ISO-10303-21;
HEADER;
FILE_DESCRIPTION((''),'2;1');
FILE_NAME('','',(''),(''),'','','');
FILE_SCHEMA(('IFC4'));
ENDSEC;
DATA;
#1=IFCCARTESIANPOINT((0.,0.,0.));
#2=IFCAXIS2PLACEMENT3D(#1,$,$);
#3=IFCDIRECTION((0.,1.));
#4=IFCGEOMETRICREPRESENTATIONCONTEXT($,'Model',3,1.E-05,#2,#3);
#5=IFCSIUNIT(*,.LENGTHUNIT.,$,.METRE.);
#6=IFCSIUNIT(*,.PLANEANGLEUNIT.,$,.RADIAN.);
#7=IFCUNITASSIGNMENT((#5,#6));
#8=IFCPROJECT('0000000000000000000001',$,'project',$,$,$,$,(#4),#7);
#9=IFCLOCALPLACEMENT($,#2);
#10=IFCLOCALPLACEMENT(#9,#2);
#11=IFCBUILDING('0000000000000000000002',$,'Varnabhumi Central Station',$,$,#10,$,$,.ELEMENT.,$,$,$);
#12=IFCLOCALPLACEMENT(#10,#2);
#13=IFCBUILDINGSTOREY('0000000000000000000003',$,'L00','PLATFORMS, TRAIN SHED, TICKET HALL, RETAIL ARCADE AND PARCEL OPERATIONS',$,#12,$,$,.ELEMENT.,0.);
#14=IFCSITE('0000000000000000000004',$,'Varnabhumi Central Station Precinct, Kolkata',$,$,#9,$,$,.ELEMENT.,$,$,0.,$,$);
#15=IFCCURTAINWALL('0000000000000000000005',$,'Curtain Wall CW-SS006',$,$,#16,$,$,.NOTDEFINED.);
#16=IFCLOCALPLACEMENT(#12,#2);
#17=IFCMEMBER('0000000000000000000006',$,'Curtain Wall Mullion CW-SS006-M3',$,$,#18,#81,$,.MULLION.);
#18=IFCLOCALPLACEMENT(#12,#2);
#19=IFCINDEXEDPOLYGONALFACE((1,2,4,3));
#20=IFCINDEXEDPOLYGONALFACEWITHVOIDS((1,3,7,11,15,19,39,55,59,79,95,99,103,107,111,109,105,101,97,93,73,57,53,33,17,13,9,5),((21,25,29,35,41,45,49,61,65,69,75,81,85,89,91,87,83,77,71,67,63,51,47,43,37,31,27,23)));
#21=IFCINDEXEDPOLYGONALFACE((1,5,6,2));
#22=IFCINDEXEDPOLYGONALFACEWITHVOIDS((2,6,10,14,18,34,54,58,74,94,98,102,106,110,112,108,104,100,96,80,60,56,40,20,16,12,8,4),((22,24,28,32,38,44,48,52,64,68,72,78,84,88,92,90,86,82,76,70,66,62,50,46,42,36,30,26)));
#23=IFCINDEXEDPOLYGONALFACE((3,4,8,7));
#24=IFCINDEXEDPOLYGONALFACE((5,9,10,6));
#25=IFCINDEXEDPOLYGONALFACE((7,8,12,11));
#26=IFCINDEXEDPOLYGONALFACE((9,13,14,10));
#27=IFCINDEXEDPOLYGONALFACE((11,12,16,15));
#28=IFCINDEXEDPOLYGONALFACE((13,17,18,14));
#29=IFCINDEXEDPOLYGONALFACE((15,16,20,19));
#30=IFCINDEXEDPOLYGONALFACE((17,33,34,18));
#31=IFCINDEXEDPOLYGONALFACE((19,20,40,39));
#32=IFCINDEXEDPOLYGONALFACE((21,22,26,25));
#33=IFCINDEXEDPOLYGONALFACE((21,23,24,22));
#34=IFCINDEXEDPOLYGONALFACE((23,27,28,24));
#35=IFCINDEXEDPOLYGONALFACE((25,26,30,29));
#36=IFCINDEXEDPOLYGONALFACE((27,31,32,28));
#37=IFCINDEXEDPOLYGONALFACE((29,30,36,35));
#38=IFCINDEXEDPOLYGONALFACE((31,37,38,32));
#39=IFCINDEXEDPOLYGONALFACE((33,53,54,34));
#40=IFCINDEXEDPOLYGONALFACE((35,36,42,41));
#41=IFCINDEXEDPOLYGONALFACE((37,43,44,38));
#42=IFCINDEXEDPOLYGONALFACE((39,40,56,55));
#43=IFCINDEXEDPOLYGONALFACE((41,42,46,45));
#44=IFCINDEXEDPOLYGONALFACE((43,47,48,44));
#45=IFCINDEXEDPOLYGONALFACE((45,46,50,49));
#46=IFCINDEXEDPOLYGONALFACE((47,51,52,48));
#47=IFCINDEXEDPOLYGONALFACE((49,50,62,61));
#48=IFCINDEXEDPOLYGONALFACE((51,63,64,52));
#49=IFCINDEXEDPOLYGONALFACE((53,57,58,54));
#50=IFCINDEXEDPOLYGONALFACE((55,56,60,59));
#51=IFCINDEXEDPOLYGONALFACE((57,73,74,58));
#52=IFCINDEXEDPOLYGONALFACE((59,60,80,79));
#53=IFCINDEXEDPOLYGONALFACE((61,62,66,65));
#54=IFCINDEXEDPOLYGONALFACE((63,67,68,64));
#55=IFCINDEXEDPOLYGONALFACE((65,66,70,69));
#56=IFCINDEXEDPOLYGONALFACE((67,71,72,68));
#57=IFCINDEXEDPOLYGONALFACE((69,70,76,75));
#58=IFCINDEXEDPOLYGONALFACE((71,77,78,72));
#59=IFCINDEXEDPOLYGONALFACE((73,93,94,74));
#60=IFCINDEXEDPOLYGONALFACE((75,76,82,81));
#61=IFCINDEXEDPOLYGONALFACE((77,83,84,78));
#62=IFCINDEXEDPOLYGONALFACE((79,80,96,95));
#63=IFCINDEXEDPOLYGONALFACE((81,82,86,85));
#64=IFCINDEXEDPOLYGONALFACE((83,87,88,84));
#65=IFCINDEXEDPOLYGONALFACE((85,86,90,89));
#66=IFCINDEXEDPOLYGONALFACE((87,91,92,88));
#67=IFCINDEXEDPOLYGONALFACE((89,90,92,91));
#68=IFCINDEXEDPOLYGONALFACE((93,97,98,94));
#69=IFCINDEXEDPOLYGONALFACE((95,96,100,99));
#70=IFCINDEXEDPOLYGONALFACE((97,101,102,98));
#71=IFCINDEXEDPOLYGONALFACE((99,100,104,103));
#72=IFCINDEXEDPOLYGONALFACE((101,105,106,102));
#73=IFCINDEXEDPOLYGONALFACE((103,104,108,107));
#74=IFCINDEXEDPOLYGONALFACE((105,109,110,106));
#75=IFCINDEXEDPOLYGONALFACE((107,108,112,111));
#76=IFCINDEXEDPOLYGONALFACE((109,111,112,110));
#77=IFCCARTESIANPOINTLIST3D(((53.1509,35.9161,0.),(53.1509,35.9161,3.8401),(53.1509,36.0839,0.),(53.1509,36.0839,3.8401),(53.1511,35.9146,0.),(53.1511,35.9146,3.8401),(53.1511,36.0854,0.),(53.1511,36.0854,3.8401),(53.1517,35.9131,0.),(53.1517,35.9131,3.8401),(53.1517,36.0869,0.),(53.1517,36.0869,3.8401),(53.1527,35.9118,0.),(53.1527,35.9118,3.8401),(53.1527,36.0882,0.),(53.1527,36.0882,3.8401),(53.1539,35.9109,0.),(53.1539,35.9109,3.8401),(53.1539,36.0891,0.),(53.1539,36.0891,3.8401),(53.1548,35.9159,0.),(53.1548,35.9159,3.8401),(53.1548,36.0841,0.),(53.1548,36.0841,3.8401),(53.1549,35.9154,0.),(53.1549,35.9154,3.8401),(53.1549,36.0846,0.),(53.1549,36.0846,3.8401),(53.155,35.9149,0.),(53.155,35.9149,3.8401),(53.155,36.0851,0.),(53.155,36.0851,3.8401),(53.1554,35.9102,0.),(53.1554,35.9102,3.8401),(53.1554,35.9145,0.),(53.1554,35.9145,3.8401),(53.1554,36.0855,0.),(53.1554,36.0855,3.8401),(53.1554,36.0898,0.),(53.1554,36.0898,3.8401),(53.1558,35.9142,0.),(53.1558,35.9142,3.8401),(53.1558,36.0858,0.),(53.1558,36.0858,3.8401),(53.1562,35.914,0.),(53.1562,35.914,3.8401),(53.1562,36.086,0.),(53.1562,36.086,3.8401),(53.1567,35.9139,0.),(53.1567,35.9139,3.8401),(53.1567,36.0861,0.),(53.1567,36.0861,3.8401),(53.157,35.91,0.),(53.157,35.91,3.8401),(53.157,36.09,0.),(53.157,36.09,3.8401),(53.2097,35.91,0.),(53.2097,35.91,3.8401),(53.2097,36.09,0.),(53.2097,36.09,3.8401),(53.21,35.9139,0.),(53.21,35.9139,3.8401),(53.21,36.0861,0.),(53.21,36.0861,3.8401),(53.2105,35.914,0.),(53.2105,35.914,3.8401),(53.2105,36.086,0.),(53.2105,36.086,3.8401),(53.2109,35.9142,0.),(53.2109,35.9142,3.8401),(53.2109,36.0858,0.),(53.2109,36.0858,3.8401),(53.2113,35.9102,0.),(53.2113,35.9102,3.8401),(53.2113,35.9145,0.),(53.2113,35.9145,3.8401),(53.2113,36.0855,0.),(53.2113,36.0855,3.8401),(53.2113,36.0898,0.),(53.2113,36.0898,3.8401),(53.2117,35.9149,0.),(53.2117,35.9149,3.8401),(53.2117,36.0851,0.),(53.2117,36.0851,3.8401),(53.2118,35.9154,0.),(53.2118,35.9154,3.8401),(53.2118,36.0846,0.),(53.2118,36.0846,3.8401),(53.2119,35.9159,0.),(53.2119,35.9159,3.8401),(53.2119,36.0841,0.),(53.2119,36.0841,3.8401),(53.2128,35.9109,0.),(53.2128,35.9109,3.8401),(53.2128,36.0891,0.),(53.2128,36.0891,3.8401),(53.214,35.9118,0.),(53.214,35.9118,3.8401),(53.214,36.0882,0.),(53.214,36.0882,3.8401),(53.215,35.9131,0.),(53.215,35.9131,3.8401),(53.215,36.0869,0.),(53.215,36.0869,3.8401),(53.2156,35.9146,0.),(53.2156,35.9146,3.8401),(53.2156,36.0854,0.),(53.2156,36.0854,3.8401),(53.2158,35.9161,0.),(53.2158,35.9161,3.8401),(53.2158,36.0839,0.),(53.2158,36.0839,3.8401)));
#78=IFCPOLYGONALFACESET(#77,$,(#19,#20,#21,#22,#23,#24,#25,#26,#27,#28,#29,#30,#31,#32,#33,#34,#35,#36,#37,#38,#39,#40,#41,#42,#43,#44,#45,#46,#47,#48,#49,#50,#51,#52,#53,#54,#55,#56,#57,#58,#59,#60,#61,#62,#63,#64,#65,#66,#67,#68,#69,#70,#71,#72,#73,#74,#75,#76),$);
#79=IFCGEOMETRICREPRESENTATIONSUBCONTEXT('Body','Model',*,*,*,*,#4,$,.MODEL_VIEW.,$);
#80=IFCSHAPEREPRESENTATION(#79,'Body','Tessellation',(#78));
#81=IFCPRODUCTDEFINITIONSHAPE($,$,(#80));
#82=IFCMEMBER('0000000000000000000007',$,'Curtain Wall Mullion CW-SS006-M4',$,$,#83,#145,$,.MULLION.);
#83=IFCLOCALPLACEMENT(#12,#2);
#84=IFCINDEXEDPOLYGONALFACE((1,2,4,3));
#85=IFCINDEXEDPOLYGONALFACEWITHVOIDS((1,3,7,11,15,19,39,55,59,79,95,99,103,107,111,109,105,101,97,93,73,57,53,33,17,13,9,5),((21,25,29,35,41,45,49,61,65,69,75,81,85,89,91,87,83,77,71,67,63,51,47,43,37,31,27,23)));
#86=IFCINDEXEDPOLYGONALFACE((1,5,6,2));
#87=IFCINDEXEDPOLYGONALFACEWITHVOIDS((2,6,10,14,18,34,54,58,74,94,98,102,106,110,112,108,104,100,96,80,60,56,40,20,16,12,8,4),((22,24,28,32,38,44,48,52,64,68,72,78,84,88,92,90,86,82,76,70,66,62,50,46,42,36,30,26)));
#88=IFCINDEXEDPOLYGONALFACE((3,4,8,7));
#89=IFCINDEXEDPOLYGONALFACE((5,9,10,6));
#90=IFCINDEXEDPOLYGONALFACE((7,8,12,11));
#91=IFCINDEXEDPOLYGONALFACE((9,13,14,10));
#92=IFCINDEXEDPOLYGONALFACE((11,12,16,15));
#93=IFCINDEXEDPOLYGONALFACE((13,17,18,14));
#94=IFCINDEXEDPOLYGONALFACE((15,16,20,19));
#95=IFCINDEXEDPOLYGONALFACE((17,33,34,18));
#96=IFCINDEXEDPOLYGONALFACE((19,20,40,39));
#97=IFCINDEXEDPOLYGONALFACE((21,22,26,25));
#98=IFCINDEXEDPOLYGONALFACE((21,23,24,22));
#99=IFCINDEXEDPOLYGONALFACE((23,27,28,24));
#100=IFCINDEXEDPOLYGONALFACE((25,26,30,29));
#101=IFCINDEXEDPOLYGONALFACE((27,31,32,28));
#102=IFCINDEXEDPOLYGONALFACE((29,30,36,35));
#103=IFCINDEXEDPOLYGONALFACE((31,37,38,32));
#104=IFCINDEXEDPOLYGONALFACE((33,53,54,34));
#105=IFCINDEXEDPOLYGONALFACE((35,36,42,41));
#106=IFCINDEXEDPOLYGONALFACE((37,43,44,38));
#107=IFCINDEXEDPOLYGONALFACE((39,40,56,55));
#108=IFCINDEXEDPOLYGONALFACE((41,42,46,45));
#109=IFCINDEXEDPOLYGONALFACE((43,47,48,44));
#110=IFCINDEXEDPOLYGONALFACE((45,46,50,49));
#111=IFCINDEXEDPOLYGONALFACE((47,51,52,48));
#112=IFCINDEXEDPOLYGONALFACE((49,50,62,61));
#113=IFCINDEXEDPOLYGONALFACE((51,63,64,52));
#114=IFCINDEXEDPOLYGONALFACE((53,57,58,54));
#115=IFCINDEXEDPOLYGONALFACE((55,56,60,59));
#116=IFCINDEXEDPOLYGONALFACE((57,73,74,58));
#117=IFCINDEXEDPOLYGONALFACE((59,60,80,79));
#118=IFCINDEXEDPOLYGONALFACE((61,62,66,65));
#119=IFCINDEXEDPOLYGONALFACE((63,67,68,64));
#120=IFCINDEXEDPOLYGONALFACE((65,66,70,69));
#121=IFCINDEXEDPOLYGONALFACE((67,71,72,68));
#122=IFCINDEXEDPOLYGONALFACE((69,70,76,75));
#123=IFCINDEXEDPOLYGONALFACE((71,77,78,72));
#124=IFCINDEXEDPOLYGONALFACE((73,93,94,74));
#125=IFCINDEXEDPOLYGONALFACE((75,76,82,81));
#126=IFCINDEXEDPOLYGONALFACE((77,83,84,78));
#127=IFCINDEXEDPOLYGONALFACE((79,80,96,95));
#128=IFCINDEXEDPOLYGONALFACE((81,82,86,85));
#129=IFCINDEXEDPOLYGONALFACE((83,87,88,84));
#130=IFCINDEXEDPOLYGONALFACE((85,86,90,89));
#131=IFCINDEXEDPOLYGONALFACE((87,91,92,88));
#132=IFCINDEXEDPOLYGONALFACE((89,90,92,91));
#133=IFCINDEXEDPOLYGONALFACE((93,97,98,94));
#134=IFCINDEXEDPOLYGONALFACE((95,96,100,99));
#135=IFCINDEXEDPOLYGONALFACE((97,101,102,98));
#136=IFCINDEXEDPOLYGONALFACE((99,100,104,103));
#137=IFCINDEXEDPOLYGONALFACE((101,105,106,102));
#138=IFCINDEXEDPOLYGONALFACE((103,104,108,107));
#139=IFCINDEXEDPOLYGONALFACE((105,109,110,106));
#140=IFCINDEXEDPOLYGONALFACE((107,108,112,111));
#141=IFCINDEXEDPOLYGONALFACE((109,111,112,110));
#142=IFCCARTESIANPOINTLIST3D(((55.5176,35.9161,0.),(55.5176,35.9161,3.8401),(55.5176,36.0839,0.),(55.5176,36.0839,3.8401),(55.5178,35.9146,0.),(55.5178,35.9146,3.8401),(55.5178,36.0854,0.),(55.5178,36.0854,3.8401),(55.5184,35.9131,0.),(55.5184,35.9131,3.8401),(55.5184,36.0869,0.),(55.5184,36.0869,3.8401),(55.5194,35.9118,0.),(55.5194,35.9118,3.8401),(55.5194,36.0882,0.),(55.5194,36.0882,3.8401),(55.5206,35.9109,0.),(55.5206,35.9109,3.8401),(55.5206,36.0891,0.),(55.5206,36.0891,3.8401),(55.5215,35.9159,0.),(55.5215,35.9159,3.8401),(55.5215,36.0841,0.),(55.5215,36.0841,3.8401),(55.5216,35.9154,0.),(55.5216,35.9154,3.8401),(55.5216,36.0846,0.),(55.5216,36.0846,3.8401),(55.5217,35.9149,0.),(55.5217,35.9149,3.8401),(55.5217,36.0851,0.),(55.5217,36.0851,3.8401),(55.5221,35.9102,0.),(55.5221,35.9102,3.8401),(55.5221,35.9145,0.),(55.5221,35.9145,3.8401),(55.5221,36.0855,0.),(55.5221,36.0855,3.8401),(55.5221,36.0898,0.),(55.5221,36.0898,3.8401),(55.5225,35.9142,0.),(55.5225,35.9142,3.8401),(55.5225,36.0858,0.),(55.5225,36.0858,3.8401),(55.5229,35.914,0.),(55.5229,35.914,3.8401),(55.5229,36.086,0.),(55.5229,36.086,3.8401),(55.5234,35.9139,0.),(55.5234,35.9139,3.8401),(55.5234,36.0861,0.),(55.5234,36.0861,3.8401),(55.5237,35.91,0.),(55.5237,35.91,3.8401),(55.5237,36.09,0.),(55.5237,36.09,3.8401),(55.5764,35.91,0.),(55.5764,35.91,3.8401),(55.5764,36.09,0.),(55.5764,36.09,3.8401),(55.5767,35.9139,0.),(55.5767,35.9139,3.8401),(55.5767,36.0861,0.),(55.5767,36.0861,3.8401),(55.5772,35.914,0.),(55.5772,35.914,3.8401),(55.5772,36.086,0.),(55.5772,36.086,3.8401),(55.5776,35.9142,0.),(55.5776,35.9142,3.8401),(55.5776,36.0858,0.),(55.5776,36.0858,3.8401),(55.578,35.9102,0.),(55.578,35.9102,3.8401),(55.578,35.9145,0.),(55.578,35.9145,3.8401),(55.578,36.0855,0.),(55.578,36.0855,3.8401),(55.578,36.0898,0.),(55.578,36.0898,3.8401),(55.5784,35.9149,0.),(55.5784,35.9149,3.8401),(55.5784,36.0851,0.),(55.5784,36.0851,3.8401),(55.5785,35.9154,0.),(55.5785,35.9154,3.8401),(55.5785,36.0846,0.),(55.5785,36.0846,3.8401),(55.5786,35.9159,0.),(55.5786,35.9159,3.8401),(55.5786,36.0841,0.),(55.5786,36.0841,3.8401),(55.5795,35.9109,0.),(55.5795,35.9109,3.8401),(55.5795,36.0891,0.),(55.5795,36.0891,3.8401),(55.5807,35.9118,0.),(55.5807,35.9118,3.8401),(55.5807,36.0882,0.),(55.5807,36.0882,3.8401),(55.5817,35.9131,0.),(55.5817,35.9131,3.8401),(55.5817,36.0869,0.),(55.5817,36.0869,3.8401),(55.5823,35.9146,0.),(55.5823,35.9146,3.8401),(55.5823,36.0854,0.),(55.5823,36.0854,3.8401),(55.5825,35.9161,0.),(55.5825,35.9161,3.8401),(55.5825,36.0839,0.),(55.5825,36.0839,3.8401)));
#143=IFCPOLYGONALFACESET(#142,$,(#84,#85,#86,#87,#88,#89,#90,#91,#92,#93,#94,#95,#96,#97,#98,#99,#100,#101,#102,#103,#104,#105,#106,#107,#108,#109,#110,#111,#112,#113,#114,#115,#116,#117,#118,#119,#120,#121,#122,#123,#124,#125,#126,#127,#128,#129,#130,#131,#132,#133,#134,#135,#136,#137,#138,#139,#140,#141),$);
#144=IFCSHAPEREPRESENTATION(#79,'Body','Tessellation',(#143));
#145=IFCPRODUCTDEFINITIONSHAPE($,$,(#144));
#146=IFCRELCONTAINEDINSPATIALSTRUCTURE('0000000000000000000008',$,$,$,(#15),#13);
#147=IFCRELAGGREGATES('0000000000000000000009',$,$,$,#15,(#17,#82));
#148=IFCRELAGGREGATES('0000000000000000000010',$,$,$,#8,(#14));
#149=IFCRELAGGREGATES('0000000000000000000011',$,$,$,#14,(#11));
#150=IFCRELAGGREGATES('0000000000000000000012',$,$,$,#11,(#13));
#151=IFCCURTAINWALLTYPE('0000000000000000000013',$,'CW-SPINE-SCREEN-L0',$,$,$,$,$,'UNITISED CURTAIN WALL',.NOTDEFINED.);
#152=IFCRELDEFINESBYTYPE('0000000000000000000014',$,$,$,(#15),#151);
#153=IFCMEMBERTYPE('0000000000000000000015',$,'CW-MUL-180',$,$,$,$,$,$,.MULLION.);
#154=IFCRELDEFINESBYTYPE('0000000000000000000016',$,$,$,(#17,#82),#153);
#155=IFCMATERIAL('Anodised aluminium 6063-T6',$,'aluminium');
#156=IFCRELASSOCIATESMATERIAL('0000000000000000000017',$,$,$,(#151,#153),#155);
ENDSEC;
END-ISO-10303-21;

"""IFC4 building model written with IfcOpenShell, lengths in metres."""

from ifc_helpers import new_model, si_unit, direction, frame, origin, origin_2d, place, context, subcontext, project, spatial, hollow_rectangle, extrude, material, material_profile, profile_set, type_object, element, aggregate, save


model = new_model("IFC4")

# Units and contexts
model_context = context("Model", 3, precision=1e-05, world=origin(), true_north=direction((0.0, 1.0)))
body_context = subcontext(model_context, "Body", "Model", "MODEL_VIEW")
ifc_project = project(units=[si_unit("LENGTHUNIT", "METRE"), si_unit("PLANEANGLEUNIT", "RADIAN")], contexts=[model_context])

# Site, building, storey
site_placement = place(None, origin())
site = spatial("IfcSite", under=ifc_project, at=site_placement, Name="Varnabhumi Central Station Precinct, Kolkata", CompositionType="ELEMENT", RefElevation=0.0)
building_placement = place(site_placement, origin())
building = spatial("IfcBuilding", under=site, at=building_placement, Name="Varnabhumi Central Station", CompositionType="ELEMENT")
storey_placement = place(building_placement, origin())
storey = spatial("IfcBuildingStorey", under=building, at=storey_placement, Name="L00", Description="PLATFORMS, TRAIN SHED, TICKET HALL, RETAIL ARCADE AND PARCEL OPERATIONS", CompositionType="ELEMENT", Elevation=0.0)

# Curtain wall, members
ifc_material_1 = material(Name="Anodised aluminium 6063-T6", Category="aluminium")
curtain_wall_type = type_object("IfcCurtainWallType", Name="CW-SPINE-SCREEN-L0", ElementType="UNITISED CURTAIN WALL", PredefinedType="NOTDEFINED", material=ifc_material_1)
curtain_wall_1_placement = place(storey_placement, origin())
curtain_wall_1 = element("IfcCurtainWall", 1, at=curtain_wall_1_placement, inside=storey, type_object=curtain_wall_type, Name="Curtain Wall CW-SS006", PredefinedType="NOTDEFINED")
ifc_material_profile_1 = material_profile(ifc_material_1, hollow_rectangle(XDim=0.0649, YDim=0.1799, WallThickness=0.0039, InnerFilletRadius=0.002, OuterFilletRadius=0.0061, at=origin_2d()), Name="Anodised aluminium 6063-T6", Category="aluminium")
ifc_profile_set_1 = profile_set([ifc_material_profile_1], Name="Anodised aluminium 6063-T6")
member_type = type_object("IfcMemberType", Name="CW-MUL-180", PredefinedType="MULLION", material=ifc_profile_set_1)
member_1_placement = place(storey_placement, frame((53.1833, 36.0, 0.0), z_axis=(0.0, 0.0, 1.0), x_axis=(1.0, 0.0, 0.0)))
member_1 = element("IfcMember", 2, at=member_1_placement, type_object=member_type, Name="Curtain Wall Mullion CW-SS006-M3", PredefinedType="MULLION", context=body_context, shape_type="SweptSolid", body=[
    extrude(hollow_rectangle(XDim=0.0649, YDim=0.1799, WallThickness=0.0039, InnerFilletRadius=0.002, OuterFilletRadius=0.0061, at=origin_2d()), origin(), (0.0, 0.0, 1.0), 3.8401),
])
member_2_placement = place(storey_placement, frame((55.55, 36.0, 0.0), z_axis=(0.0, 0.0, 1.0), x_axis=(1.0, 0.0, 0.0)))
member_2 = element("IfcMember", 3, at=member_2_placement, type_object=member_type, Name="Curtain Wall Mullion CW-SS006-M4", PredefinedType="MULLION", context=body_context, shape_type="SweptSolid", body=[
    extrude(hollow_rectangle(XDim=0.0649, YDim=0.1799, WallThickness=0.0039, InnerFilletRadius=0.002, OuterFilletRadius=0.0061, at=origin_2d()), origin(), (0.0, 0.0, 1.0), 3.8401),
])

aggregate(curtain_wall_1, [member_1, member_2])

save(model, "model.ifc")
